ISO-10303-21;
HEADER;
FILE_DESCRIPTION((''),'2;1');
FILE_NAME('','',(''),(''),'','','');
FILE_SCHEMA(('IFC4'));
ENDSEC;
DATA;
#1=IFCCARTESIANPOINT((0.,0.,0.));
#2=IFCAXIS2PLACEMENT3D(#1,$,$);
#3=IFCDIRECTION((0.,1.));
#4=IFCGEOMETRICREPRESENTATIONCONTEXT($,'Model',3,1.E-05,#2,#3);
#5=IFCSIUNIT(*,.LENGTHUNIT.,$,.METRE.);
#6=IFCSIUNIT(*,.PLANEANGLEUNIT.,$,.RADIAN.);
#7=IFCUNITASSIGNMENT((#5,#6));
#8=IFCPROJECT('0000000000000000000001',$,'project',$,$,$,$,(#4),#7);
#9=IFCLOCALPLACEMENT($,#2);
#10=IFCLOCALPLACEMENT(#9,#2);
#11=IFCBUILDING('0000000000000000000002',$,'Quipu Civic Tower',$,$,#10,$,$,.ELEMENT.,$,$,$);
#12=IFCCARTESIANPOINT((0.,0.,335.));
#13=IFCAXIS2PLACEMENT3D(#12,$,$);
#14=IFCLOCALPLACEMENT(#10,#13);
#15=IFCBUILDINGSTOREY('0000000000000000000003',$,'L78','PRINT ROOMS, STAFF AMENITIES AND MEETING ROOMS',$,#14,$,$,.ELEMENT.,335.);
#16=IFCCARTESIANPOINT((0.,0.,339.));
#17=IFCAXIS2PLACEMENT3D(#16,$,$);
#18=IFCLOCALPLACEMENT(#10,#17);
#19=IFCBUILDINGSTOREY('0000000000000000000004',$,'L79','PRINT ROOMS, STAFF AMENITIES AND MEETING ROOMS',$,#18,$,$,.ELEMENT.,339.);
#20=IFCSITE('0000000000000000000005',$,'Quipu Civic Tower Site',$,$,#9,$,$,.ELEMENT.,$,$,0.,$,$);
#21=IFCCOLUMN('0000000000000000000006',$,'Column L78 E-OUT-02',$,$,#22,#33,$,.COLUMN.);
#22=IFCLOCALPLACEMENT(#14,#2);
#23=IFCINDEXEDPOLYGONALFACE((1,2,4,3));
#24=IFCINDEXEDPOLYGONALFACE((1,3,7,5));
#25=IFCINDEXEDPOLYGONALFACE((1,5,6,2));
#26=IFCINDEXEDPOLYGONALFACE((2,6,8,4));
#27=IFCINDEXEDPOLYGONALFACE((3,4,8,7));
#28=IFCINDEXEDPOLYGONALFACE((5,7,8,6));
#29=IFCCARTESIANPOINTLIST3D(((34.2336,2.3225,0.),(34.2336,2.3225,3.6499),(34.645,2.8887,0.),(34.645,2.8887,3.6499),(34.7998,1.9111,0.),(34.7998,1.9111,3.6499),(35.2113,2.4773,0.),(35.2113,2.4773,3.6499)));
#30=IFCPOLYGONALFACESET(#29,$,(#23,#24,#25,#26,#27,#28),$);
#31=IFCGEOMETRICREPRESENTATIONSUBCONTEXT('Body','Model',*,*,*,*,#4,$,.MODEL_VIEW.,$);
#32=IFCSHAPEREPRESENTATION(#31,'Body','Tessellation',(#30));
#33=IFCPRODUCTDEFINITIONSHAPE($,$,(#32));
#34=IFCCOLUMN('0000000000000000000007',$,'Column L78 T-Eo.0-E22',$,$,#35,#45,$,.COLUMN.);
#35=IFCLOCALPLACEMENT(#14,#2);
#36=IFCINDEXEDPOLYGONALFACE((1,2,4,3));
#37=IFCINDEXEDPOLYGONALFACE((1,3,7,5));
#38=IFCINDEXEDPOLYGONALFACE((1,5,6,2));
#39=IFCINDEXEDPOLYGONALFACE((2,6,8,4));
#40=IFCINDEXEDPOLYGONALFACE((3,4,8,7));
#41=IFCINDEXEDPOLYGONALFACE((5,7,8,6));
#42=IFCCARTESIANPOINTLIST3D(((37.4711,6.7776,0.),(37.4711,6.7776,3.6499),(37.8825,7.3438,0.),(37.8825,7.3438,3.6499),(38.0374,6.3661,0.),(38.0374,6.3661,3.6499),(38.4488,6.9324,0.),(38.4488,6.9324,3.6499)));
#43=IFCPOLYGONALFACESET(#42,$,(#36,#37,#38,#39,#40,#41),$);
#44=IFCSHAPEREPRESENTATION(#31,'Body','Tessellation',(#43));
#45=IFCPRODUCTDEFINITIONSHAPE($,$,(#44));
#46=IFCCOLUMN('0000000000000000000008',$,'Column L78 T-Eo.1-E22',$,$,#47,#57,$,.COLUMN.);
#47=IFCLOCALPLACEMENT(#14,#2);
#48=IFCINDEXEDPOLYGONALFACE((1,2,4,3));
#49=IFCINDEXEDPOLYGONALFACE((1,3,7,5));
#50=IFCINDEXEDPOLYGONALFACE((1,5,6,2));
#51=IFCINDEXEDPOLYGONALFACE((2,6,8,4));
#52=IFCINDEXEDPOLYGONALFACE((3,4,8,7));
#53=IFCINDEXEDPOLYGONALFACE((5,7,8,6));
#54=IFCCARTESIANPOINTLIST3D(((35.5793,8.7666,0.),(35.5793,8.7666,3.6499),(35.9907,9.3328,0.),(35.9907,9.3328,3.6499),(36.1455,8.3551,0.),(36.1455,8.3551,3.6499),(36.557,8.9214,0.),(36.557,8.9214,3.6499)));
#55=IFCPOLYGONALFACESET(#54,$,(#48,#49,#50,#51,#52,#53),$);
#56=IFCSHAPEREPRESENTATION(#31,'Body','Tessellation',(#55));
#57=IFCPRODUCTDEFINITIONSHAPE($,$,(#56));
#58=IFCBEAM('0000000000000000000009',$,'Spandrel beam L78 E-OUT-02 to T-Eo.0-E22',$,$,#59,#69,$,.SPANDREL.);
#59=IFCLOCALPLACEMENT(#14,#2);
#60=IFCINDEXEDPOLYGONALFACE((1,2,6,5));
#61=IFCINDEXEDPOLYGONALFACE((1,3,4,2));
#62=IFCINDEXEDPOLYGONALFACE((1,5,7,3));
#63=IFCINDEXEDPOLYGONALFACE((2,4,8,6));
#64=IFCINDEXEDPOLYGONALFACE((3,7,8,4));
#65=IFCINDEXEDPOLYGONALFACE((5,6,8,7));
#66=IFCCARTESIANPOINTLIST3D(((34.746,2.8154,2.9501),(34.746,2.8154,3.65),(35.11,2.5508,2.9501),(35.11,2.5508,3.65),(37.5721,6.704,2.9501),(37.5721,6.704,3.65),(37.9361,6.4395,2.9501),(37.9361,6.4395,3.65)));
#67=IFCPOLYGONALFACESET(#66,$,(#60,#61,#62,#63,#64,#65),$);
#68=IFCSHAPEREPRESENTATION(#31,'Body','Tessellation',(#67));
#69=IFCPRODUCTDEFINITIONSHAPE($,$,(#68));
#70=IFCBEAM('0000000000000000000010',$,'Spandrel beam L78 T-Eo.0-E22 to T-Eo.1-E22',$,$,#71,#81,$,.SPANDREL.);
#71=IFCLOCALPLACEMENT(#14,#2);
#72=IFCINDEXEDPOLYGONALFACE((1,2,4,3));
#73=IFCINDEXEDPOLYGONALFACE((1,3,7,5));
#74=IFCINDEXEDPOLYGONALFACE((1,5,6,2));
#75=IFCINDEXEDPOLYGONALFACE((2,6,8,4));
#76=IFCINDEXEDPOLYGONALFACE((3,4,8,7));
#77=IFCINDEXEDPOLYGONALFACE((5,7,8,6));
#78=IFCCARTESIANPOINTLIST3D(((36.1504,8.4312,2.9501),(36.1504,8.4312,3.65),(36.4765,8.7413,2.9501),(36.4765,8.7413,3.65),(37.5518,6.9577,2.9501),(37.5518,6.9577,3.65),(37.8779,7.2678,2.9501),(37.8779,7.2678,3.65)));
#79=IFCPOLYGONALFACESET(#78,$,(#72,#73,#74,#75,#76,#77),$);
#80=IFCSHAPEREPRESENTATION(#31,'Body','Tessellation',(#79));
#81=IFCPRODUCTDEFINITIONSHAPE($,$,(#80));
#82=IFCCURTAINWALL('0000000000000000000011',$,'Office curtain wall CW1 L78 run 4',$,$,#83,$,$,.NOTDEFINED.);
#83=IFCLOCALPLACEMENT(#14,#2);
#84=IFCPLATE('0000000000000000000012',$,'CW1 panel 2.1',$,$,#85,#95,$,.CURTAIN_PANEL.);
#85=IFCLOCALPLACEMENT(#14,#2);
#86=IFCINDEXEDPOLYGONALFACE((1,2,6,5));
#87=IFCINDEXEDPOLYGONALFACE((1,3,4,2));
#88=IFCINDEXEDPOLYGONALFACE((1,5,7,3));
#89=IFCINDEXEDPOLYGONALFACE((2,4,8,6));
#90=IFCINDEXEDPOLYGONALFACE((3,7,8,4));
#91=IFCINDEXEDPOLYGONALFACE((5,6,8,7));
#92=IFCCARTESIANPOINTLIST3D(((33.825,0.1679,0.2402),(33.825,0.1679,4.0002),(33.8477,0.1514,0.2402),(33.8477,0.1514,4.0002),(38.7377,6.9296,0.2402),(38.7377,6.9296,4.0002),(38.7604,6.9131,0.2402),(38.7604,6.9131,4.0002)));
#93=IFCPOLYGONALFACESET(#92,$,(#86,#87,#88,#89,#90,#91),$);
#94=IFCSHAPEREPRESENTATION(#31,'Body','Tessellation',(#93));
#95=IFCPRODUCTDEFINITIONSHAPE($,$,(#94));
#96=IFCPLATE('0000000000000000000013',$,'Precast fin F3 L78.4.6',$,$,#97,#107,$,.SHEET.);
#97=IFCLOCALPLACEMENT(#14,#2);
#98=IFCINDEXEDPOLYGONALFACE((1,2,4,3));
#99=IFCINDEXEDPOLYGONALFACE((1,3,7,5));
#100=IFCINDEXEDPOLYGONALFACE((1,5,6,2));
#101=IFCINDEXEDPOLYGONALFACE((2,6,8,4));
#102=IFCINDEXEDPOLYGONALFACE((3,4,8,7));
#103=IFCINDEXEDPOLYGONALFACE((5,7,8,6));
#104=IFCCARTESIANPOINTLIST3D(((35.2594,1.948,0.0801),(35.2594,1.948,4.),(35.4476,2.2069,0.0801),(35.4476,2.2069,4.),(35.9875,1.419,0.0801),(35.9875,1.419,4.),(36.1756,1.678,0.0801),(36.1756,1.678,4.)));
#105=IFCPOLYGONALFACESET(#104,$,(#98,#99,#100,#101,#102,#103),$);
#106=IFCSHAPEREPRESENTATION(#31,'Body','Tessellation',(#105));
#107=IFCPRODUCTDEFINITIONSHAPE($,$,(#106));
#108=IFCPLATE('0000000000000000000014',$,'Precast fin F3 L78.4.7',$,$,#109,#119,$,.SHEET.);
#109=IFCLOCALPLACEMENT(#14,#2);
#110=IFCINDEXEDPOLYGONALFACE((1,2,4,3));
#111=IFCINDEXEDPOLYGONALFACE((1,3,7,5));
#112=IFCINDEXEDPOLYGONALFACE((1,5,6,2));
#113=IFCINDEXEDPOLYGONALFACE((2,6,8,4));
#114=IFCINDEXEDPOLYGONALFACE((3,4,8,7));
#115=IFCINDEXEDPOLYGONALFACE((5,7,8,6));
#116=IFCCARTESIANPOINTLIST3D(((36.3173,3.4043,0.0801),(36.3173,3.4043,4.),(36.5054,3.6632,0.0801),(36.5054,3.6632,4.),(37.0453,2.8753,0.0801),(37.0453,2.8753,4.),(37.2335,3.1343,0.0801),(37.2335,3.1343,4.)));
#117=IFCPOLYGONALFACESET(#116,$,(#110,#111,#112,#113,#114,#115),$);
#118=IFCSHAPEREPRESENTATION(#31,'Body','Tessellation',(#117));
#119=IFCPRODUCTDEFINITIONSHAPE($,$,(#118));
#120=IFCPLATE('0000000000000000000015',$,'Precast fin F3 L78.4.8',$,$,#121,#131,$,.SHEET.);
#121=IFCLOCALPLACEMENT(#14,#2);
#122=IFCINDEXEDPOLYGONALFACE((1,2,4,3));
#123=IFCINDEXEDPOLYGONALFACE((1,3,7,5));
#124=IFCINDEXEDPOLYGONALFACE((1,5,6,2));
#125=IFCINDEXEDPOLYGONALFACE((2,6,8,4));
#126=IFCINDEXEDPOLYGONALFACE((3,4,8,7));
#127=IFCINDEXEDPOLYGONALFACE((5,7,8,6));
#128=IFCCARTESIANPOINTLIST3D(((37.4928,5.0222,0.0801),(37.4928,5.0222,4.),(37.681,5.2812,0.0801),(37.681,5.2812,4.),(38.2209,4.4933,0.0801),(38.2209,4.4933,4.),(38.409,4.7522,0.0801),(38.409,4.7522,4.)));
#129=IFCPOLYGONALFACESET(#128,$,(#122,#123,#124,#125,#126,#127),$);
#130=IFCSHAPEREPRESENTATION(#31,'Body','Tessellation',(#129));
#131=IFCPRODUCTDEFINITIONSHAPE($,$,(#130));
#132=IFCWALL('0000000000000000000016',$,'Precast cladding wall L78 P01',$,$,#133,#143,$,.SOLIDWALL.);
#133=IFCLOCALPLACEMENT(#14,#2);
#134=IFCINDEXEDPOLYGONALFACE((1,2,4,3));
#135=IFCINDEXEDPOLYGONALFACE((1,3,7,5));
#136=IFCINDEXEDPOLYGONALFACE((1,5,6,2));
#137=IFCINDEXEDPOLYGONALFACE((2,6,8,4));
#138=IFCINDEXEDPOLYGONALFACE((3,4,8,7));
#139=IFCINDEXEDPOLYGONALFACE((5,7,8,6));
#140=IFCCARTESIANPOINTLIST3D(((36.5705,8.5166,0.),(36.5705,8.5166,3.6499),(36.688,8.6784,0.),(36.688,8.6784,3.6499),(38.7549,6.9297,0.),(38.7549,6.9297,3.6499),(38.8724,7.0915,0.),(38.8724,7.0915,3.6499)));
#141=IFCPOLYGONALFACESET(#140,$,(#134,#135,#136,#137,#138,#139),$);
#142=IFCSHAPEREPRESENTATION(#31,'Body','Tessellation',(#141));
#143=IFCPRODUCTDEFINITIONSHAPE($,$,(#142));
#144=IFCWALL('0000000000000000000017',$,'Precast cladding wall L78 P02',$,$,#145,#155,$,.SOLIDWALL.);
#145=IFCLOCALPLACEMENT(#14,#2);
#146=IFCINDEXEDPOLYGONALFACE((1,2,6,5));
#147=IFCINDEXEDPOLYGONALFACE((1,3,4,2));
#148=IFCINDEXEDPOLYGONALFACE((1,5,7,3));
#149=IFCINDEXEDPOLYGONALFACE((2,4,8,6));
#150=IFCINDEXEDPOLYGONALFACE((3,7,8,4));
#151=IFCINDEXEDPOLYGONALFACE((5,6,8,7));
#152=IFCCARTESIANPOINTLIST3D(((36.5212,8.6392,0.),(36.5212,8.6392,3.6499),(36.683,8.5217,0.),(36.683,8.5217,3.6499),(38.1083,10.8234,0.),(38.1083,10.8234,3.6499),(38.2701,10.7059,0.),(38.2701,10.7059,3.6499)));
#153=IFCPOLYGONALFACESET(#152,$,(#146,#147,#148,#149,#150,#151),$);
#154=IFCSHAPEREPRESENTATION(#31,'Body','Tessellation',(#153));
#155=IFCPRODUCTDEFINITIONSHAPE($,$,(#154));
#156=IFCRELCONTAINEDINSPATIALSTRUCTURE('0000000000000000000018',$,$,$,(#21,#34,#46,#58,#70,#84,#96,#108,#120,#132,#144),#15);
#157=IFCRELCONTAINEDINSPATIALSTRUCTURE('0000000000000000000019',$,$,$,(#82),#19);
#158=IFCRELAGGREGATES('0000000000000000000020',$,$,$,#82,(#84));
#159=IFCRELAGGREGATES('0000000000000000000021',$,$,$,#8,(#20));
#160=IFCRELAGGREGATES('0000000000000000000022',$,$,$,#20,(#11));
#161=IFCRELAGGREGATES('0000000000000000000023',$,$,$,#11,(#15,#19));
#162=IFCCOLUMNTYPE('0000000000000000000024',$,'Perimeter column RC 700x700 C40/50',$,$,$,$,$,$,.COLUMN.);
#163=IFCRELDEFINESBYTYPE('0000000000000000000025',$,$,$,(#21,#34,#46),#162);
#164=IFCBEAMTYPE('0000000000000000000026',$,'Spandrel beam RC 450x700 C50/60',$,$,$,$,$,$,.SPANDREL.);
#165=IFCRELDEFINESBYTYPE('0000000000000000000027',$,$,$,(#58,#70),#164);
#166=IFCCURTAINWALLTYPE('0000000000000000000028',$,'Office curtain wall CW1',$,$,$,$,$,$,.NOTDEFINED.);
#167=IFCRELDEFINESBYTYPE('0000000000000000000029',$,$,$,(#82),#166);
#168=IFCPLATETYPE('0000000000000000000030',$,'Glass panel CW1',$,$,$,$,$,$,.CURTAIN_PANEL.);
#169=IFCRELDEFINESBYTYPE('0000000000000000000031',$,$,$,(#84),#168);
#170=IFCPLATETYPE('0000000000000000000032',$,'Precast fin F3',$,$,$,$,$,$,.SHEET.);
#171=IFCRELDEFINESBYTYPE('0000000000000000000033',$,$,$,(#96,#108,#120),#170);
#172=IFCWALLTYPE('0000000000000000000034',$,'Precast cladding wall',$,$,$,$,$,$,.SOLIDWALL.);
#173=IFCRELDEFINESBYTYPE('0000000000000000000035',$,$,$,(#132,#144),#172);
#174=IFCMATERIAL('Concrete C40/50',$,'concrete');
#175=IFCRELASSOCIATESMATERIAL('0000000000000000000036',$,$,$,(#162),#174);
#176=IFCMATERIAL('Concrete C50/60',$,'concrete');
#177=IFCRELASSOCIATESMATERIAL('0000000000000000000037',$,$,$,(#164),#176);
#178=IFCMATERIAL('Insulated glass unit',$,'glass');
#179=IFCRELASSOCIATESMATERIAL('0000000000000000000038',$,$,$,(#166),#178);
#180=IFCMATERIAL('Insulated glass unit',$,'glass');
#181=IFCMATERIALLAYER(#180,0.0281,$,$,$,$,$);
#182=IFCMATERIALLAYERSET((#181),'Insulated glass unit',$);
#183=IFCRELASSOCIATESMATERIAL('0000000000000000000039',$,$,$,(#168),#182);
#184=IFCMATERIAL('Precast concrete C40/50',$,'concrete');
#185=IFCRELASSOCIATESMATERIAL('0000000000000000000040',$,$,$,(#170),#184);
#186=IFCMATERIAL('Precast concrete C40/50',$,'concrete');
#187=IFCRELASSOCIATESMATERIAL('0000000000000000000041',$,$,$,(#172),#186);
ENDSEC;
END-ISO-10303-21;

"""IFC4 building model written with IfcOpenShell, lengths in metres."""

from ifc_helpers import new_model, si_unit, direction, frame, frame_2d, origin, origin_2d, place, context, subcontext, project, spatial, rectangle, extrude, material, layer, layer_set, material_profile, profile_set, type_object, element, aggregate, save


model = new_model("IFC4")

# Units and contexts
model_context = context("Model", 3, precision=1e-05, world=origin(), true_north=direction((0.0, 1.0)))
body_context = subcontext(model_context, "Body", "Model", "MODEL_VIEW")
ifc_project = project(units=[si_unit("LENGTHUNIT", "METRE"), si_unit("PLANEANGLEUNIT", "RADIAN")], contexts=[model_context])

# Site, building, storey
site_placement = place(None, origin())
site = spatial("IfcSite", under=ifc_project, at=site_placement, Name="Quipu Civic Tower Site", CompositionType="ELEMENT", RefElevation=0.0)
building_placement = place(site_placement, origin())
building = spatial("IfcBuilding", under=site, at=building_placement, Name="Quipu Civic Tower", CompositionType="ELEMENT")
storey_1_placement = place(building_placement, frame((0.0, 0.0, 335.0)))
storey_1 = spatial("IfcBuildingStorey", under=building, at=storey_1_placement, Name="L78", Description="PRINT ROOMS, STAFF AMENITIES AND MEETING ROOMS", CompositionType="ELEMENT", Elevation=335.0)

# Columns
ifc_material_1 = material(Name="Concrete C40/50", Category="concrete")
ifc_material_profile_1 = material_profile(ifc_material_1, rectangle(XDim=0.7, YDim=0.7, at=origin_2d()), Name="RC700x700")
ifc_profile_set_1 = profile_set([ifc_material_profile_1], Name="Concrete C40/50")
column_type = type_object("IfcColumnType", Name="Perimeter column RC 700x700 C40/50", PredefinedType="COLUMN", material=ifc_profile_set_1)
for number, where, z_axis, x_axis, name in (
    (1, (34.7224, 2.3999, 0.0), (0.0, 0.0, 1.0), (0.587785, 0.809017, 0.0), "Column L78 E-OUT-02"),
    (2, (37.96, 6.855, 0.0), (0.0, 0.0, 1.0), (0.587785, 0.809017, 0.0), "Column L78 T-Eo.0-E22"),
    (3, (36.0681, 8.844, 0.0), (0.0, 0.0, 1.0), (0.587785, 0.809017, 0.0), "Column L78 T-Eo.1-E22"),
):
    element("IfcColumn", number, at=place(storey_1_placement, frame(where, z_axis=z_axis, x_axis=x_axis)), inside=storey_1, type_object=column_type, Name=name, PredefinedType="COLUMN", context=body_context, shape_type="SweptSolid", body=[
        extrude(rectangle(XDim=0.7, YDim=0.7, at=origin_2d()), origin(), (0.0, 0.0, 1.0), 3.6499),
    ])

# Beams
ifc_material_2 = material(Name="Concrete C50/60", Category="concrete")
ifc_material_profile_2 = material_profile(ifc_material_2, rectangle(XDim=0.45, YDim=0.7, at=origin_2d()), Name="RC450x700")
ifc_profile_set_2 = profile_set([ifc_material_profile_2], Name="Concrete C50/60")
beam_type = type_object("IfcBeamType", Name="Spandrel beam RC 450x700 C50/60", PredefinedType="SPANDREL", material=ifc_profile_set_2)
beam_1_placement = place(storey_1_placement, frame((34.928, 2.6831, 3.3), z_axis=(0.587906, 0.808929, 0.0), x_axis=(-0.808929, 0.587906, 0.0)))
element("IfcBeam", 4, at=beam_1_placement, inside=storey_1, type_object=beam_type, Name="Spandrel beam L78 E-OUT-02 to T-Eo.0-E22", PredefinedType="SPANDREL", context=body_context, shape_type="SweptSolid", body=[
    extrude(rectangle(XDim=0.45, YDim=0.7, at=origin_2d()), origin(), (0.0, 0.0, 1.0), 4.8071),
])
beam_2_placement = place(storey_1_placement, frame((37.7148, 7.1128, 3.3), z_axis=(-0.689175, 0.724595, 0.0), x_axis=(-0.724595, -0.689175, 0.0)))
element("IfcBeam", 5, at=beam_2_placement, inside=storey_1, type_object=beam_type, Name="Spandrel beam L78 T-Eo.0-E22 to T-Eo.1-E22", PredefinedType="SPANDREL", context=body_context, shape_type="SweptSolid", body=[
    extrude(rectangle(XDim=0.45, YDim=0.7, at=origin_2d()), origin(), (0.0, 0.0, 1.0), 2.0334),
])

# Shared definitions
storey_2_placement = place(building_placement, frame((0.0, 0.0, 339.0)))
storey_2 = spatial("IfcBuildingStorey", under=building, at=storey_2_placement, Name="L79", Description="PRINT ROOMS, STAFF AMENITIES AND MEETING ROOMS", CompositionType="ELEMENT", Elevation=339.0)

# Curtain wall, plate
ifc_material_3 = material(Name="Insulated glass unit", Category="glass")
curtain_wall_type = type_object("IfcCurtainWallType", Name="Office curtain wall CW1", PredefinedType="NOTDEFINED", material=ifc_material_3)
curtain_wall_placement = place(storey_2_placement, origin())
curtain_wall = element("IfcCurtainWall", 6, at=curtain_wall_placement, inside=storey_2, type_object=curtain_wall_type, Name="Office curtain wall CW1 L78 run 4", PredefinedType="NOTDEFINED")
ifc_material_4 = material(Name="Insulated glass unit", Category="glass")
ifc_layer = layer(ifc_material_4, 0.0281)
ifc_layer_set = layer_set([ifc_layer], Name="Insulated glass unit")
plate_type_1 = type_object("IfcPlateType", Name="Glass panel CW1", PredefinedType="CURTAIN_PANEL", material=ifc_layer_set)
plate_placement = place(storey_1_placement, frame((36.2927, 3.5405, 0.2402), z_axis=(0.0, 0.0, 1.0), x_axis=(0.587786, 0.809016, 0.0)))
plate = element("IfcPlate", 7, at=plate_placement, inside=storey_1, type_object=plate_type_1, Name="CW1 panel 2.1", PredefinedType="CURTAIN_PANEL", context=body_context, shape_type="SweptSolid", body=[
    extrude(rectangle(XDim=8.3579, YDim=0.0281, at=origin_2d()), origin(), (0.0, 0.0, 1.0), 3.76),
])
aggregate(curtain_wall, [plate])

# Plates
ifc_material_5 = material(Name="Precast concrete C40/50", Category="concrete")
plate_type_2 = type_object("IfcPlateType", Name="Precast fin F3", PredefinedType="SHEET", material=ifc_material_5)
for number, where, z_axis, x_axis, name in (
    (8, (35.7175, 1.813, 0.0801), (0.0, 0.0, 1.0), (0.587787, 0.809016, 0.0), "Precast fin F3 L78.4.6"),
    (9, (36.7754, 3.2693, 0.0801), (0.0, 0.0, 1.0), (0.587787, 0.809016, 0.0), "Precast fin F3 L78.4.7"),
    (10, (37.9509, 4.8872, 0.0801), (0.0, 0.0, 1.0), (0.587787, 0.809016, 0.0), "Precast fin F3 L78.4.8"),
):
    element("IfcPlate", number, at=place(storey_1_placement, frame(where, z_axis=z_axis, x_axis=x_axis)), inside=storey_1, type_object=plate_type_2, Name=name, PredefinedType="SHEET", context=body_context, shape_type="SweptSolid", body=[
        extrude(rectangle(XDim=0.3201, YDim=0.8999, at=origin_2d()), origin(), (0.0, 0.0, 1.0), 3.9199),
    ])

# Walls
ifc_material_6 = material(Name="Precast concrete C40/50", Category="concrete")
wall_type = type_object("IfcWallType", Name="Precast cladding wall", PredefinedType="SOLIDWALL", material=ifc_material_6)
for number, where, z_axis, x_axis, name in (
    (11, (38.8137, 7.0105, 0.0), (0.0, 0.0, 1.0), (-0.809033, 0.587763, 0.0), "Precast cladding wall L78 P01"),
    (12, (36.6021, 8.5803, 0.0), (0.0, 0.0, 1.0), (0.587822, 0.80899, 0.0), "Precast cladding wall L78 P02"),
):
    element("IfcWall", number, at=place(storey_1_placement, frame(where, z_axis=z_axis, x_axis=x_axis)), inside=storey_1, type_object=wall_type, Name=name, PredefinedType="SOLIDWALL", context=body_context, shape_type="SweptSolid", body=[
        extrude(rectangle(XDim=2.7, YDim=0.2, at=frame_2d((1.3501, 0.0))), origin(), (0.0, 0.0, 1.0), 3.6499),
    ])

save(model, "model.ifc")
